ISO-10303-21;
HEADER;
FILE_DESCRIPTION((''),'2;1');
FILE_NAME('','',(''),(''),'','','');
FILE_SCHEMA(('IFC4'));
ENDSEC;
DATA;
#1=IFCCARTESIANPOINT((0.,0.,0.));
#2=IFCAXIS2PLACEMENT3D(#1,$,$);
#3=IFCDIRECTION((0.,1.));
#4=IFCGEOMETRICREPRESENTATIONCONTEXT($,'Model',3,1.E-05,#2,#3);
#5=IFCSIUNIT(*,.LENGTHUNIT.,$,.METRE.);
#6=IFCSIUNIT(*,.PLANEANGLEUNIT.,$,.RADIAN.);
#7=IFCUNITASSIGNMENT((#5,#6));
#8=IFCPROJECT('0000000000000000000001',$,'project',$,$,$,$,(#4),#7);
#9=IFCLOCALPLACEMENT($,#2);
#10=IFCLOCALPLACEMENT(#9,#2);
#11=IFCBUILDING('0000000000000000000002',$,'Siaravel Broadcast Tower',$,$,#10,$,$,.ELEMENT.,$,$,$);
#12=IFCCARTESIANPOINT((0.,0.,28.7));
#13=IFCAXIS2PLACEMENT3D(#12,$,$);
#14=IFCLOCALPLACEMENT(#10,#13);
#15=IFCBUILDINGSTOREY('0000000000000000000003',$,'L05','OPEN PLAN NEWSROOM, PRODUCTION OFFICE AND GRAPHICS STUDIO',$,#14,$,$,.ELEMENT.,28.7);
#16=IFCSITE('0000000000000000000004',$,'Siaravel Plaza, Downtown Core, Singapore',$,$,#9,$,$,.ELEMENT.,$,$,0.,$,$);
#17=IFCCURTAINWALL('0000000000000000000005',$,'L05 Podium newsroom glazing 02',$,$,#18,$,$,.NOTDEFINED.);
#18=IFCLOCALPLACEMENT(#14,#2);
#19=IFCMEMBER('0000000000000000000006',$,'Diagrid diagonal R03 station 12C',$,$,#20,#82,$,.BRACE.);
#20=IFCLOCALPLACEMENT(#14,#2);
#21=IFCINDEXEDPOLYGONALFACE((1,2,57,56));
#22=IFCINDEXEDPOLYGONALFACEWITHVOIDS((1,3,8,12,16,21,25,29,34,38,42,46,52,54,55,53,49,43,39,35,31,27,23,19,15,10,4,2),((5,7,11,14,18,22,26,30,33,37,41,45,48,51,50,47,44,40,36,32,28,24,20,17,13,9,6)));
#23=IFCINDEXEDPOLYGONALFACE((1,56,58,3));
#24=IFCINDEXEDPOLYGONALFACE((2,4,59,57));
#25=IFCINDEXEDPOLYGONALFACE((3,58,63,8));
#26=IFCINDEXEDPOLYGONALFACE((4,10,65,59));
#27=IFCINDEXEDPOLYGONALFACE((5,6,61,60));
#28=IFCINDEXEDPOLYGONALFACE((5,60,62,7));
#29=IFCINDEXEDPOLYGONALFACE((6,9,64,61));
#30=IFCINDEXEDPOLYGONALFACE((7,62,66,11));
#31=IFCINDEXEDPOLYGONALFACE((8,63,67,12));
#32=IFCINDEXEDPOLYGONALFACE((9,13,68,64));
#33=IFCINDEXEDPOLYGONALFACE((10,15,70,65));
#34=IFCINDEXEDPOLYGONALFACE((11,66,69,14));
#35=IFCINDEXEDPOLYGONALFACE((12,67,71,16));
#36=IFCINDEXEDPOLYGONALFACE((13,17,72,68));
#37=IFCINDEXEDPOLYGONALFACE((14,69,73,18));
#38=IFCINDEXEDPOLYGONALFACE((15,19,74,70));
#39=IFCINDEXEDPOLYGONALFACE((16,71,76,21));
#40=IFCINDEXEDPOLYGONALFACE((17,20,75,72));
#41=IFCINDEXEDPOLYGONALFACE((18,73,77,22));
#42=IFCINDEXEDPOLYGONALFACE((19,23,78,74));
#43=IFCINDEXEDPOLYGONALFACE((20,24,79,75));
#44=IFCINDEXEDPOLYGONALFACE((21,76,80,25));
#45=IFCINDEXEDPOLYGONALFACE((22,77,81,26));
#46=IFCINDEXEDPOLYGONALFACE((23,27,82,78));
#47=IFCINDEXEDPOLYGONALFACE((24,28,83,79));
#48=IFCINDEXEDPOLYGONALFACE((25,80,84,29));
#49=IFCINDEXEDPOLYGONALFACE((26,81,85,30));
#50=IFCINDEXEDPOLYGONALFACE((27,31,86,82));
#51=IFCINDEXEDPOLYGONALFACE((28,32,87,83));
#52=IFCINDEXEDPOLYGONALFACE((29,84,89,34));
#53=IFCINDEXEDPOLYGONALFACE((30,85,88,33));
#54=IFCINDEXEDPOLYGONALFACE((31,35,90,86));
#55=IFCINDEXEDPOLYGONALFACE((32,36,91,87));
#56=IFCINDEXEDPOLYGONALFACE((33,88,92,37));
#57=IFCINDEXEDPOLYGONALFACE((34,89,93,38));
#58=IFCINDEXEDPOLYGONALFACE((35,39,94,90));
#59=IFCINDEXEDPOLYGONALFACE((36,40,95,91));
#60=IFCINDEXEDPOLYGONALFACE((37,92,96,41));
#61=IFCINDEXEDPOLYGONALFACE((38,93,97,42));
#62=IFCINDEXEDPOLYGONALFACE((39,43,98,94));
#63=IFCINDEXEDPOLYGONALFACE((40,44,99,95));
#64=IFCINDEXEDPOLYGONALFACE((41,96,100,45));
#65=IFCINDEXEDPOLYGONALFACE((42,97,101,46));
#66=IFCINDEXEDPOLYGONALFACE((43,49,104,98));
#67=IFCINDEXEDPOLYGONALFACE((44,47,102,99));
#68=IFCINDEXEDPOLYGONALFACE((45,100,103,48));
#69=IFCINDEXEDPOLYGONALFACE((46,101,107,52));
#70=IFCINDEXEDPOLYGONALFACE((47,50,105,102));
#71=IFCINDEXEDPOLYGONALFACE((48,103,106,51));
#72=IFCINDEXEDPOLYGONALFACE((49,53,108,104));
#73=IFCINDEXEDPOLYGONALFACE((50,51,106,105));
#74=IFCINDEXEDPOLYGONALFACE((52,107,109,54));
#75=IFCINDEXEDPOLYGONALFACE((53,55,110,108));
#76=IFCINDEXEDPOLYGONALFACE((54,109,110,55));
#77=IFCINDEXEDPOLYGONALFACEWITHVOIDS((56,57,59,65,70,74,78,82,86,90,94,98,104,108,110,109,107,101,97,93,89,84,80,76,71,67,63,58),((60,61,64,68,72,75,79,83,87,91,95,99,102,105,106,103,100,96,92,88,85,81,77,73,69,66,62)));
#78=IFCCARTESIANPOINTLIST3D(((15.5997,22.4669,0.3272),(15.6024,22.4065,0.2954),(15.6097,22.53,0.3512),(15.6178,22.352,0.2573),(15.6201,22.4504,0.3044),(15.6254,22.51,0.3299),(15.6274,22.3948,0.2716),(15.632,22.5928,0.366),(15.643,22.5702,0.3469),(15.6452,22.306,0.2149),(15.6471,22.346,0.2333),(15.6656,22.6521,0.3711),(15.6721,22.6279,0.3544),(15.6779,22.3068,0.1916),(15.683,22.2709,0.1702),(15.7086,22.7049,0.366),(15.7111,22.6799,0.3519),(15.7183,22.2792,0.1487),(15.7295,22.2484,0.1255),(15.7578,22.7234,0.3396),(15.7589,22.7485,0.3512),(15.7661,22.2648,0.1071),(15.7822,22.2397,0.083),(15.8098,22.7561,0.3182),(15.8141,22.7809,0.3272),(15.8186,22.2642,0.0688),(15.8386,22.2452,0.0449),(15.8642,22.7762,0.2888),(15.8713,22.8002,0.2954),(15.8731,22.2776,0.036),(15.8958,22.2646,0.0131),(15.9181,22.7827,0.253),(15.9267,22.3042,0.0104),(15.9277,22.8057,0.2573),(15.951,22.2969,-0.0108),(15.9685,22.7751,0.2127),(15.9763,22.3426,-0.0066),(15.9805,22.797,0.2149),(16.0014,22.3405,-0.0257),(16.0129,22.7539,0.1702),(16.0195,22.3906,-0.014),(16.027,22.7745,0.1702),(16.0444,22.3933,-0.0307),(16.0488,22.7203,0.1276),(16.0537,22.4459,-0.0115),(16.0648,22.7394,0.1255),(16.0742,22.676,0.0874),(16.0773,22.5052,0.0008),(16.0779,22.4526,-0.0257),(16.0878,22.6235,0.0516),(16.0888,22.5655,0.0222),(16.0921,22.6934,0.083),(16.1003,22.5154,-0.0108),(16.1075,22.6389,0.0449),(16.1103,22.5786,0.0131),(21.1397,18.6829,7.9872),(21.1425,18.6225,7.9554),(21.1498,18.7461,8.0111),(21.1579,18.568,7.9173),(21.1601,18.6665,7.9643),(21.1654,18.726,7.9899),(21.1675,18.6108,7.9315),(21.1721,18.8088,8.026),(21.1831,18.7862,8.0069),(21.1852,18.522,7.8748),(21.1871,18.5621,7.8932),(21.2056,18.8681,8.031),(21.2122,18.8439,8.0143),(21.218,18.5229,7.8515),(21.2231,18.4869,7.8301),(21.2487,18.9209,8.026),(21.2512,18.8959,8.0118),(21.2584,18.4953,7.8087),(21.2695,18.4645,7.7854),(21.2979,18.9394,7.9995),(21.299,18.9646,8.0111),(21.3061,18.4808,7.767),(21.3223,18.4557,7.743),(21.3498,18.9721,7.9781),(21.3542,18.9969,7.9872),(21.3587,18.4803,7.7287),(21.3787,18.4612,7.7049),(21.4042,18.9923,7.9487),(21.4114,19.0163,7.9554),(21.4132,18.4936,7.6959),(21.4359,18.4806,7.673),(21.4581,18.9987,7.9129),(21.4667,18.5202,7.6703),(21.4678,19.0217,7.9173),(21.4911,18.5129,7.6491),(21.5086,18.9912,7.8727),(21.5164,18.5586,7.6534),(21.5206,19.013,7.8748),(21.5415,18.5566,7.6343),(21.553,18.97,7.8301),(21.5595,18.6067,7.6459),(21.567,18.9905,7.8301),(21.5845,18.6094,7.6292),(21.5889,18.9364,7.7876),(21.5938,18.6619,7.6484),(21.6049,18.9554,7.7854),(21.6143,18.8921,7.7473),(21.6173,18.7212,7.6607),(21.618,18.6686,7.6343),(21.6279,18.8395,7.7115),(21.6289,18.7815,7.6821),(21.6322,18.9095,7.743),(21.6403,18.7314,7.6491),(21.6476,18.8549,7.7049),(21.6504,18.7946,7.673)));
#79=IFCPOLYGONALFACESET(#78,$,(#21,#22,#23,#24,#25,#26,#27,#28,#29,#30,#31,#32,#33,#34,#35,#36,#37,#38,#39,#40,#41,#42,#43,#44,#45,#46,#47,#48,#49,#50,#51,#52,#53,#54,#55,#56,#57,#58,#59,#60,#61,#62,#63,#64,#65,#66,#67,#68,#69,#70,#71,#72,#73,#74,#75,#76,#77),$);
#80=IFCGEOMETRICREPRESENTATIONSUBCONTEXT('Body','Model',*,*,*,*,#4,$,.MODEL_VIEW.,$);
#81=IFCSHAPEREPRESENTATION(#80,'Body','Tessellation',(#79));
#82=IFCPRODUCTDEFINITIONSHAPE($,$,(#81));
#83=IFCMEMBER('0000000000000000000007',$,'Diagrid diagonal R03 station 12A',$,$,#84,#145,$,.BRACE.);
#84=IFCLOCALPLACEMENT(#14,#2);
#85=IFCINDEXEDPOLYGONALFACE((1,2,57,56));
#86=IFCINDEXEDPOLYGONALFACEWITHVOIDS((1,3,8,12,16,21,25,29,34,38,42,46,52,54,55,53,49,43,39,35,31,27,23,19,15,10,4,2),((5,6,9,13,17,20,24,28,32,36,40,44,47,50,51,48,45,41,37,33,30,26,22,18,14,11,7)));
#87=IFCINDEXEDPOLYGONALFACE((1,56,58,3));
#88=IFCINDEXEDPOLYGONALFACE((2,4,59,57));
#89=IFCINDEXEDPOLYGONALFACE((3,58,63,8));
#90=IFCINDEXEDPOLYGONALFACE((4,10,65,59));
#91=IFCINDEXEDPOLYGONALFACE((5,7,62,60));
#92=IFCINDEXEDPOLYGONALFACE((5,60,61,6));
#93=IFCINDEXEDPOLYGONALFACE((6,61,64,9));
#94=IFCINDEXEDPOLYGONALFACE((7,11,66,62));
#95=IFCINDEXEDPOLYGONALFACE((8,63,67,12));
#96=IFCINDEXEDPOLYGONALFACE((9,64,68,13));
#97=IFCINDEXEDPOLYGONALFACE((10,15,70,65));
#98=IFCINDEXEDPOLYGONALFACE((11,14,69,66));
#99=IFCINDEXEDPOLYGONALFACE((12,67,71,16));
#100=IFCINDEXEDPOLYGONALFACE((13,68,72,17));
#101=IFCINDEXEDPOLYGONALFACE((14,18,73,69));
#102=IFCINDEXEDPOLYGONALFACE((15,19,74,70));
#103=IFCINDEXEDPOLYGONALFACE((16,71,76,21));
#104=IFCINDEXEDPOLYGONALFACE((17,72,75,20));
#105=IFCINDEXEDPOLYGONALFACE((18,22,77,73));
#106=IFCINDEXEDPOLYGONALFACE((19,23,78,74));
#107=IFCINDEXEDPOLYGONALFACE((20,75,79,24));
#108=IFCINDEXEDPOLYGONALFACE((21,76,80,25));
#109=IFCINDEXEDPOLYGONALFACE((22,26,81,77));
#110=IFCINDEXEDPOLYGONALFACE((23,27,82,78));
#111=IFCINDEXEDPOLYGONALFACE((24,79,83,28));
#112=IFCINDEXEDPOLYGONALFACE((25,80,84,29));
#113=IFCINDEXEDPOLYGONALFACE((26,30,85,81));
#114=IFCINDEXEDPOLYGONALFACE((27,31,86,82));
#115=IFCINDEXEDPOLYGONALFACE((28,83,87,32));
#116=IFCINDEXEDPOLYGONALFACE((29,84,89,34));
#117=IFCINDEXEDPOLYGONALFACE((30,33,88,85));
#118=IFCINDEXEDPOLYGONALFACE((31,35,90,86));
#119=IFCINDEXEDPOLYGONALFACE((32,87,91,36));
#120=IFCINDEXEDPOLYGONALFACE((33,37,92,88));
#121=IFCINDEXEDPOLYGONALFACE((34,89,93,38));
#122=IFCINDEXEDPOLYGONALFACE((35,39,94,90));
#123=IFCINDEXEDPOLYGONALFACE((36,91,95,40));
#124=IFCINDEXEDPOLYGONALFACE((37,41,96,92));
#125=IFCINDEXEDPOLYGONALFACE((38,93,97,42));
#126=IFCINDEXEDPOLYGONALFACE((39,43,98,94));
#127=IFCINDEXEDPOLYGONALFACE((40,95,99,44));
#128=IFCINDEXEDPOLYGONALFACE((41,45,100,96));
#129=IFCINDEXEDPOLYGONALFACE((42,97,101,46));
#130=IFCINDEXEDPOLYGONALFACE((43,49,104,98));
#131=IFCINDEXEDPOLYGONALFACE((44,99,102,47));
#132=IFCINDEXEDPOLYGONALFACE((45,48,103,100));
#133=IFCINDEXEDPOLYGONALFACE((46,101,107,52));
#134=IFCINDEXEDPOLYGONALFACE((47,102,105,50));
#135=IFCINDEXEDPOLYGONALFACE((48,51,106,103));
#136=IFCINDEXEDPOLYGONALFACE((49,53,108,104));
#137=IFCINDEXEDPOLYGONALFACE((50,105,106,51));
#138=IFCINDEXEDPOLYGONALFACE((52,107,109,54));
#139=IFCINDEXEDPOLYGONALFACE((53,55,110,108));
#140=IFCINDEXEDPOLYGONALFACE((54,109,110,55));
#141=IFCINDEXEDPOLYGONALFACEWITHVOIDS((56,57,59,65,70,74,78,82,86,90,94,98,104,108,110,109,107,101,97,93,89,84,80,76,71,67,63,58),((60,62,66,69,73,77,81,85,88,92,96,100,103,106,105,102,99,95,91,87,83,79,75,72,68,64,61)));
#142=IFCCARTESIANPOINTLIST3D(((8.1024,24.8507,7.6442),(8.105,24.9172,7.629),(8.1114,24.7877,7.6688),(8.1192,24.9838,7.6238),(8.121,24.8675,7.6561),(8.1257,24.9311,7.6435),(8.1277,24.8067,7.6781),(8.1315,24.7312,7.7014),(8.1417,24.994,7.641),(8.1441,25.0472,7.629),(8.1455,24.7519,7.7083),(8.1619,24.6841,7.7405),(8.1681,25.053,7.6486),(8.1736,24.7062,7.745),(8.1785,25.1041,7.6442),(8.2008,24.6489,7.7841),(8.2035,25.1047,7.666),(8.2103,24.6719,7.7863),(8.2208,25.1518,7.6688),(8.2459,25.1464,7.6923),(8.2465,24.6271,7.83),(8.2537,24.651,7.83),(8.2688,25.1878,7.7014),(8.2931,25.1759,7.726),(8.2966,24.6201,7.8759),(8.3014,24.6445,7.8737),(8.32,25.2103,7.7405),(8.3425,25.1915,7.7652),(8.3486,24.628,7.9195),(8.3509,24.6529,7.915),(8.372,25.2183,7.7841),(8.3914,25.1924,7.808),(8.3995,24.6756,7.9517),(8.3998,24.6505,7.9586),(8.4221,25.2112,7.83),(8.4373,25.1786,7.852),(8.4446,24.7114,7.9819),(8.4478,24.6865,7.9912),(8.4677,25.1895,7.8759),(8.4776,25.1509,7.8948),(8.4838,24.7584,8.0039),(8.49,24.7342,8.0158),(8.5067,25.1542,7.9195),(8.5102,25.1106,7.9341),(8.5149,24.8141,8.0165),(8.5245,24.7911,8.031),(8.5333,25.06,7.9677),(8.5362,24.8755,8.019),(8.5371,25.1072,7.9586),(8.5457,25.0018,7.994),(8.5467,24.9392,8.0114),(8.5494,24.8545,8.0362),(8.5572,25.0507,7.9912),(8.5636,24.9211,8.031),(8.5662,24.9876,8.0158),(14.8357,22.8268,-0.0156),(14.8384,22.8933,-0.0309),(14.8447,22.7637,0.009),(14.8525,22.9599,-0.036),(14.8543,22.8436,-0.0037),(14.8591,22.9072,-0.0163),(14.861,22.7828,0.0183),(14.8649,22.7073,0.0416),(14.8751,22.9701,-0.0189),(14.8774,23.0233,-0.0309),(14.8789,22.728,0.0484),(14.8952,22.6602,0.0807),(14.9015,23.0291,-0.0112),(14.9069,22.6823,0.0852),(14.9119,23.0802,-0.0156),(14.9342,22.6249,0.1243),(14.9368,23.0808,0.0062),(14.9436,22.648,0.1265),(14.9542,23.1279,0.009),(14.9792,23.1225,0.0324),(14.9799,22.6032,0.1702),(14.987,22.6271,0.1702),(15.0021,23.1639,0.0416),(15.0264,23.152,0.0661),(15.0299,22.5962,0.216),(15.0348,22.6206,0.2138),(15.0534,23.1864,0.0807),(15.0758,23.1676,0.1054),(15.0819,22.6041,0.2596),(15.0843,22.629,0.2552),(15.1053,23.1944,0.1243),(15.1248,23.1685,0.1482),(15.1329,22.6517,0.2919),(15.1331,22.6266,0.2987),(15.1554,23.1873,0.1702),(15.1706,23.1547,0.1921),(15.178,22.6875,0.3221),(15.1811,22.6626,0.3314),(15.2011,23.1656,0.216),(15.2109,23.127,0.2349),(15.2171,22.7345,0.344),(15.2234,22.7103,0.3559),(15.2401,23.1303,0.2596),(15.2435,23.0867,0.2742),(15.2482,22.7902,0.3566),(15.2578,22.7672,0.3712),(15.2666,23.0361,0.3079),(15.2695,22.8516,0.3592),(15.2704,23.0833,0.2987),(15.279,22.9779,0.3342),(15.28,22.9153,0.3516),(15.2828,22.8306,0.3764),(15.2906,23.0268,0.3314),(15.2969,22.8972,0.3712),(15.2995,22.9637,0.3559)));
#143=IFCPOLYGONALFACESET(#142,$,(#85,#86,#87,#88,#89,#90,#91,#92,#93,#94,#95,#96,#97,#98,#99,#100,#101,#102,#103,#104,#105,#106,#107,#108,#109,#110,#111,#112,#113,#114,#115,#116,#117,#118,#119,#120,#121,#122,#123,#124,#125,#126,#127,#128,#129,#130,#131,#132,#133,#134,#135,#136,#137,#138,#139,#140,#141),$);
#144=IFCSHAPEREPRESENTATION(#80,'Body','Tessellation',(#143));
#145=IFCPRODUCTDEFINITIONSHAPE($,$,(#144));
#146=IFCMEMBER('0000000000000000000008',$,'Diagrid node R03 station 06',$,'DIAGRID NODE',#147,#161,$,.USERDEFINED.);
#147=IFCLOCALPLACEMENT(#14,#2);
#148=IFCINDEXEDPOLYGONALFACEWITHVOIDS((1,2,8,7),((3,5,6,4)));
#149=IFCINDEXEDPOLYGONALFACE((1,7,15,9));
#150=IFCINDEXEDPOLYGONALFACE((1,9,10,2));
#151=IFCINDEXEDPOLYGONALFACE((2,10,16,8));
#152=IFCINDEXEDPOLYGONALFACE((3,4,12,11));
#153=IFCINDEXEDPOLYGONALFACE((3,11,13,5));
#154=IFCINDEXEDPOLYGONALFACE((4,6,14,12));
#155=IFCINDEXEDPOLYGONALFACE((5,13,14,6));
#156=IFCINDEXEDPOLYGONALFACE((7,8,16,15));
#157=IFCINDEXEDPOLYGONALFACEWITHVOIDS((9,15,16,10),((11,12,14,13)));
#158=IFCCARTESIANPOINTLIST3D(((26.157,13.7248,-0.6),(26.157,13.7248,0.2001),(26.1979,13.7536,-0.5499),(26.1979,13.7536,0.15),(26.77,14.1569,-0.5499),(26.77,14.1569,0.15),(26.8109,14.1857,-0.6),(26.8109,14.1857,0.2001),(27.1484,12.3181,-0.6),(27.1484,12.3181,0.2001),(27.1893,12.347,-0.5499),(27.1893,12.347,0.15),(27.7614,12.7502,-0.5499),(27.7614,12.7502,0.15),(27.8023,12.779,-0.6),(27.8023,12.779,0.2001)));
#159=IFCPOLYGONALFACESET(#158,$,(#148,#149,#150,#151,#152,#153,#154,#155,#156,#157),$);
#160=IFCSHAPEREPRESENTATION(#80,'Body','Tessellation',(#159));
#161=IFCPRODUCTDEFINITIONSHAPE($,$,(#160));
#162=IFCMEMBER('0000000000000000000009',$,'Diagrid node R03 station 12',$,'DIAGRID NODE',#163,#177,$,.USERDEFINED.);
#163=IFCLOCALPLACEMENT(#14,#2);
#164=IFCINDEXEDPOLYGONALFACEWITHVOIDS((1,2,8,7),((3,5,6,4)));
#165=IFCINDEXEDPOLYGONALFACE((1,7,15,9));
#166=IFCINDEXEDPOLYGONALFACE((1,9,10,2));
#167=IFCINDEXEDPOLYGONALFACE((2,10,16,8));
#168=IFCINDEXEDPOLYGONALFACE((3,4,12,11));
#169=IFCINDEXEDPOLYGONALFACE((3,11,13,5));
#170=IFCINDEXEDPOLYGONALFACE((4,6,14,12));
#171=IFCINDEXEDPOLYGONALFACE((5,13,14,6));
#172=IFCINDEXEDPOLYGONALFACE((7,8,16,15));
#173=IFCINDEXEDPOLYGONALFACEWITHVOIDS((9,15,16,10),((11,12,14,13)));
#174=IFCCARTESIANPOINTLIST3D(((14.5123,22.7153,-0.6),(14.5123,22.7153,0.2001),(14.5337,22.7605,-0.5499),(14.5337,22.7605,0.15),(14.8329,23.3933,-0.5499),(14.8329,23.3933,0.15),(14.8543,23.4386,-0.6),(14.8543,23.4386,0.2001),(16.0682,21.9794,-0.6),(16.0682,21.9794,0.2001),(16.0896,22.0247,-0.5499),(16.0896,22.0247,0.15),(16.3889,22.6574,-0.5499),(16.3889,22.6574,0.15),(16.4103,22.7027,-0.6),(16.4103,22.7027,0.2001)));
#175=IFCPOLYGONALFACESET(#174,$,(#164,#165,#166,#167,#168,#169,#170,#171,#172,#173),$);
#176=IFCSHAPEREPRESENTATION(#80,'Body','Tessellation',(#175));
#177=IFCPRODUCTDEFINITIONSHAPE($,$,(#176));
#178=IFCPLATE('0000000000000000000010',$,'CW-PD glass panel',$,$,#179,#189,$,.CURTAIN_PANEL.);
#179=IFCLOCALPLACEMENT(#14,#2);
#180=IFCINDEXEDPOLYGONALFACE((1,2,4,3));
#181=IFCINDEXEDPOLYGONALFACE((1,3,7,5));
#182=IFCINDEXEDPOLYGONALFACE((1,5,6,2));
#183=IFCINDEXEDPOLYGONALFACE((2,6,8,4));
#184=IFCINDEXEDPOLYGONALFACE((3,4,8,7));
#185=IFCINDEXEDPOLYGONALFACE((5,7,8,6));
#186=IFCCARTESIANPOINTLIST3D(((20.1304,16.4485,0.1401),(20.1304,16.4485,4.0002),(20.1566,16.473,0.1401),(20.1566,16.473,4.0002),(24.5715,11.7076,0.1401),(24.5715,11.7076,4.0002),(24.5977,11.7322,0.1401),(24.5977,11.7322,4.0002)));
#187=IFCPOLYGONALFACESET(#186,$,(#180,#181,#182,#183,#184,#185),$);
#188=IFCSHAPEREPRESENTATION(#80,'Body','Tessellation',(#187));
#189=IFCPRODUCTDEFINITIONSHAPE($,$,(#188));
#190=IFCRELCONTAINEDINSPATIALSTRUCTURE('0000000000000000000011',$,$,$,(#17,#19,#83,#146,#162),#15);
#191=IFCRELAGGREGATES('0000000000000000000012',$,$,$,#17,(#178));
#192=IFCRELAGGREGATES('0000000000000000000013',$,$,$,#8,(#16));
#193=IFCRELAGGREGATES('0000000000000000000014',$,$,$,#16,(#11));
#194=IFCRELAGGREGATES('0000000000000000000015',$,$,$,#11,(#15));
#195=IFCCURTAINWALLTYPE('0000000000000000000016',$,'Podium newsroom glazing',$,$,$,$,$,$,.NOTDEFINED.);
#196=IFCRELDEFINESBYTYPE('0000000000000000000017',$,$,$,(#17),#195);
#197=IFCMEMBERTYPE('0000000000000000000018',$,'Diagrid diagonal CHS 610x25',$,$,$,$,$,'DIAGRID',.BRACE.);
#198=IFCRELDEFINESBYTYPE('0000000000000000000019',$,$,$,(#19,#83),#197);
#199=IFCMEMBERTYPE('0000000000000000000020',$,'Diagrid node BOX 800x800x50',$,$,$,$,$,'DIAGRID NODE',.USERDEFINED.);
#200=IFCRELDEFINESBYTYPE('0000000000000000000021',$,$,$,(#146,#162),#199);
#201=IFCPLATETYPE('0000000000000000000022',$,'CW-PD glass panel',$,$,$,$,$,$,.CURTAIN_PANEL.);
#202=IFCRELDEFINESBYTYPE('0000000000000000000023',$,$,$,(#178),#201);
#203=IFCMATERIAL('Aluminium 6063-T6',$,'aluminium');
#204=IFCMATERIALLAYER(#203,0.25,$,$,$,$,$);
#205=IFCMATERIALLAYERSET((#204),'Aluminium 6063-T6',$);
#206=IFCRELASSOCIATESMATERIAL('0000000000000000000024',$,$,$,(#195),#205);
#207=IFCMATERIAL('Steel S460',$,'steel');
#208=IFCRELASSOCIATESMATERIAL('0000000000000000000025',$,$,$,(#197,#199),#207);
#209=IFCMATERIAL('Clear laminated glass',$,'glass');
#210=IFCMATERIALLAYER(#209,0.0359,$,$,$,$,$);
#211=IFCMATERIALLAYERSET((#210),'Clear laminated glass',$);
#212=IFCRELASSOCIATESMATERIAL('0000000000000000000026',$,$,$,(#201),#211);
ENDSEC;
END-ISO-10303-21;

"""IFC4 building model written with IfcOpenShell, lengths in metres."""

from ifc_helpers import new_model, si_unit, direction, frame, origin, origin_2d, place, context, subcontext, project, spatial, rectangle, hollow_rectangle, hollow_circle, extrude, material, layer, layer_set, material_profile, profile_set, type_object, element, aggregate, save


model = new_model("IFC4")

# Units and contexts
model_context = context("Model", 3, precision=1e-05, world=origin(), true_north=direction((0.0, 1.0)))
body_context = subcontext(model_context, "Body", "Model", "MODEL_VIEW")
ifc_project = project(units=[si_unit("LENGTHUNIT", "METRE"), si_unit("PLANEANGLEUNIT", "RADIAN")], contexts=[model_context])

# Site, building, storey
site_placement = place(None, origin())
site = spatial("IfcSite", under=ifc_project, at=site_placement, Name="Siaravel Plaza, Downtown Core, Singapore", CompositionType="ELEMENT", RefElevation=0.0)
building_placement = place(site_placement, origin())
building = spatial("IfcBuilding", under=site, at=building_placement, Name="Siaravel Broadcast Tower", CompositionType="ELEMENT")
storey_placement = place(building_placement, frame((0.0, 0.0, 28.7)))
storey = spatial("IfcBuildingStorey", under=building, at=storey_placement, Name="L05", Description="OPEN PLAN NEWSROOM, PRODUCTION OFFICE AND GRAPHICS STUDIO", CompositionType="ELEMENT", Elevation=28.7)

# Shared definitions
ifc_material_1 = material(Name="Aluminium 6063-T6", Category="aluminium")
ifc_layer_1 = layer(ifc_material_1, 0.25)
ifc_layer_set_1 = layer_set([ifc_layer_1], Name="Aluminium 6063-T6")
curtain_wall_type = type_object("IfcCurtainWallType", Name="Podium newsroom glazing", PredefinedType="NOTDEFINED", material=ifc_layer_set_1)

# Curtain wall
curtain_wall_1_placement = place(storey_placement, origin())
curtain_wall_1 = element("IfcCurtainWall", 1, at=curtain_wall_1_placement, inside=storey, type_object=curtain_wall_type, Name="L05 Podium newsroom glazing 02", PredefinedType="NOTDEFINED")

# Members
ifc_material_2 = material(Name="Steel S460", Category="steel")
ifc_material_profile_1 = material_profile(ifc_material_2, hollow_circle(Radius=0.3049, WallThickness=0.0249, at=origin_2d()))
ifc_profile_set_1 = profile_set([ifc_material_profile_1], Name="Steel S460")
member_type_1 = type_object("IfcMemberType", Name="Diagrid diagonal CHS 610x25", ElementType="DIAGRID", PredefinedType="BRACE", material=ifc_profile_set_1)
member_1_placement = place(storey_placement, frame((15.855, 22.5227, 0.1702), z_axis=(0.544072, -0.37161, 0.752258), x_axis=(0.564012, 0.825767, 0.0)))
element("IfcMember", 2, at=member_1_placement, inside=storey, type_object=member_type_1, Name="Diagrid diagonal R03 station 12C", PredefinedType="BRACE", context=body_context, shape_type="SweptSolid", body=[
    extrude(hollow_circle(Radius=0.3049, WallThickness=0.0249, at=origin_2d()), origin(), (0.0, 0.0, 1.0), 10.1826),
])
member_2_placement = place(storey_placement, frame((15.0676, 22.8953, 0.1702), z_axis=(-0.647594, 0.194654, 0.736703), x_axis=(-0.287858, -0.957673, 0.0)))
element("IfcMember", 3, at=member_2_placement, inside=storey, type_object=member_type_1, Name="Diagrid diagonal R03 station 12A", PredefinedType="BRACE", context=body_context, shape_type="SweptSolid", body=[
    extrude(hollow_circle(Radius=0.3049, WallThickness=0.0249, at=origin_2d()), origin(), (0.0, 0.0, 1.0), 10.3975),
])
ifc_material_profile_2 = material_profile(ifc_material_2, hollow_rectangle(XDim=0.8, YDim=0.8, WallThickness=0.05, at=origin_2d()))
ifc_profile_set_2 = profile_set([ifc_material_profile_2], Name="Steel S460")
member_type_2 = type_object("IfcMemberType", Name="Diagrid node BOX 800x800x50", ElementType="DIAGRID NODE", PredefinedType="USERDEFINED", material=ifc_profile_set_2)
member_3_placement = place(storey_placement, frame((27.4753, 12.5486, -0.2), z_axis=(-0.576087, 0.817388, 0.0), x_axis=(-0.817388, -0.576087, 0.0)))
element("IfcMember", 4, at=member_3_placement, inside=storey, type_object=member_type_2, Name="Diagrid node R03 station 06", ObjectType="DIAGRID NODE", PredefinedType="USERDEFINED", context=body_context, shape_type="SweptSolid", body=[
    extrude(hollow_rectangle(XDim=0.8, YDim=0.8, WallThickness=0.05, at=origin_2d()), origin(), (0.0, 0.0, 1.0), 1.7209),
])
member_4_placement = place(storey_placement, frame((16.2393, 22.3411, -0.2), z_axis=(-0.904001, 0.427531, 0.0), x_axis=(-0.427531, -0.904001, 0.0)))
element("IfcMember", 5, at=member_4_placement, inside=storey, type_object=member_type_2, Name="Diagrid node R03 station 12", ObjectType="DIAGRID NODE", PredefinedType="USERDEFINED", context=body_context, shape_type="SweptSolid", body=[
    extrude(hollow_rectangle(XDim=0.8, YDim=0.8, WallThickness=0.05, at=origin_2d()), origin(), (0.0, 0.0, 1.0), 1.7212),
])

# Plate
ifc_material_3 = material(Name="Clear laminated glass", Category="glass")
ifc_layer_2 = layer(ifc_material_3, 0.0359)
ifc_layer_set_2 = layer_set([ifc_layer_2], Name="Clear laminated glass")
plate_type = type_object("IfcPlateType", Name="CW-PD glass panel", PredefinedType="CURTAIN_PANEL", material=ifc_layer_set_2)
plate_1_placement = place(storey_placement, frame((22.364, 14.0903, 0.1401), z_axis=(0.0, 0.0, 1.0), x_axis=(-0.683656, 0.729804, 0.0)))
plate_1 = element("IfcPlate", 6, at=plate_1_placement, type_object=plate_type, Name="CW-PD glass panel", PredefinedType="CURTAIN_PANEL", context=body_context, shape_type="SweptSolid", body=[
    extrude(rectangle(XDim=6.4961, YDim=0.0359, at=origin_2d()), origin(), (0.0, 0.0, 1.0), 3.8601),
])
aggregate(curtain_wall_1, [plate_1])

save(model, "model.ifc")
